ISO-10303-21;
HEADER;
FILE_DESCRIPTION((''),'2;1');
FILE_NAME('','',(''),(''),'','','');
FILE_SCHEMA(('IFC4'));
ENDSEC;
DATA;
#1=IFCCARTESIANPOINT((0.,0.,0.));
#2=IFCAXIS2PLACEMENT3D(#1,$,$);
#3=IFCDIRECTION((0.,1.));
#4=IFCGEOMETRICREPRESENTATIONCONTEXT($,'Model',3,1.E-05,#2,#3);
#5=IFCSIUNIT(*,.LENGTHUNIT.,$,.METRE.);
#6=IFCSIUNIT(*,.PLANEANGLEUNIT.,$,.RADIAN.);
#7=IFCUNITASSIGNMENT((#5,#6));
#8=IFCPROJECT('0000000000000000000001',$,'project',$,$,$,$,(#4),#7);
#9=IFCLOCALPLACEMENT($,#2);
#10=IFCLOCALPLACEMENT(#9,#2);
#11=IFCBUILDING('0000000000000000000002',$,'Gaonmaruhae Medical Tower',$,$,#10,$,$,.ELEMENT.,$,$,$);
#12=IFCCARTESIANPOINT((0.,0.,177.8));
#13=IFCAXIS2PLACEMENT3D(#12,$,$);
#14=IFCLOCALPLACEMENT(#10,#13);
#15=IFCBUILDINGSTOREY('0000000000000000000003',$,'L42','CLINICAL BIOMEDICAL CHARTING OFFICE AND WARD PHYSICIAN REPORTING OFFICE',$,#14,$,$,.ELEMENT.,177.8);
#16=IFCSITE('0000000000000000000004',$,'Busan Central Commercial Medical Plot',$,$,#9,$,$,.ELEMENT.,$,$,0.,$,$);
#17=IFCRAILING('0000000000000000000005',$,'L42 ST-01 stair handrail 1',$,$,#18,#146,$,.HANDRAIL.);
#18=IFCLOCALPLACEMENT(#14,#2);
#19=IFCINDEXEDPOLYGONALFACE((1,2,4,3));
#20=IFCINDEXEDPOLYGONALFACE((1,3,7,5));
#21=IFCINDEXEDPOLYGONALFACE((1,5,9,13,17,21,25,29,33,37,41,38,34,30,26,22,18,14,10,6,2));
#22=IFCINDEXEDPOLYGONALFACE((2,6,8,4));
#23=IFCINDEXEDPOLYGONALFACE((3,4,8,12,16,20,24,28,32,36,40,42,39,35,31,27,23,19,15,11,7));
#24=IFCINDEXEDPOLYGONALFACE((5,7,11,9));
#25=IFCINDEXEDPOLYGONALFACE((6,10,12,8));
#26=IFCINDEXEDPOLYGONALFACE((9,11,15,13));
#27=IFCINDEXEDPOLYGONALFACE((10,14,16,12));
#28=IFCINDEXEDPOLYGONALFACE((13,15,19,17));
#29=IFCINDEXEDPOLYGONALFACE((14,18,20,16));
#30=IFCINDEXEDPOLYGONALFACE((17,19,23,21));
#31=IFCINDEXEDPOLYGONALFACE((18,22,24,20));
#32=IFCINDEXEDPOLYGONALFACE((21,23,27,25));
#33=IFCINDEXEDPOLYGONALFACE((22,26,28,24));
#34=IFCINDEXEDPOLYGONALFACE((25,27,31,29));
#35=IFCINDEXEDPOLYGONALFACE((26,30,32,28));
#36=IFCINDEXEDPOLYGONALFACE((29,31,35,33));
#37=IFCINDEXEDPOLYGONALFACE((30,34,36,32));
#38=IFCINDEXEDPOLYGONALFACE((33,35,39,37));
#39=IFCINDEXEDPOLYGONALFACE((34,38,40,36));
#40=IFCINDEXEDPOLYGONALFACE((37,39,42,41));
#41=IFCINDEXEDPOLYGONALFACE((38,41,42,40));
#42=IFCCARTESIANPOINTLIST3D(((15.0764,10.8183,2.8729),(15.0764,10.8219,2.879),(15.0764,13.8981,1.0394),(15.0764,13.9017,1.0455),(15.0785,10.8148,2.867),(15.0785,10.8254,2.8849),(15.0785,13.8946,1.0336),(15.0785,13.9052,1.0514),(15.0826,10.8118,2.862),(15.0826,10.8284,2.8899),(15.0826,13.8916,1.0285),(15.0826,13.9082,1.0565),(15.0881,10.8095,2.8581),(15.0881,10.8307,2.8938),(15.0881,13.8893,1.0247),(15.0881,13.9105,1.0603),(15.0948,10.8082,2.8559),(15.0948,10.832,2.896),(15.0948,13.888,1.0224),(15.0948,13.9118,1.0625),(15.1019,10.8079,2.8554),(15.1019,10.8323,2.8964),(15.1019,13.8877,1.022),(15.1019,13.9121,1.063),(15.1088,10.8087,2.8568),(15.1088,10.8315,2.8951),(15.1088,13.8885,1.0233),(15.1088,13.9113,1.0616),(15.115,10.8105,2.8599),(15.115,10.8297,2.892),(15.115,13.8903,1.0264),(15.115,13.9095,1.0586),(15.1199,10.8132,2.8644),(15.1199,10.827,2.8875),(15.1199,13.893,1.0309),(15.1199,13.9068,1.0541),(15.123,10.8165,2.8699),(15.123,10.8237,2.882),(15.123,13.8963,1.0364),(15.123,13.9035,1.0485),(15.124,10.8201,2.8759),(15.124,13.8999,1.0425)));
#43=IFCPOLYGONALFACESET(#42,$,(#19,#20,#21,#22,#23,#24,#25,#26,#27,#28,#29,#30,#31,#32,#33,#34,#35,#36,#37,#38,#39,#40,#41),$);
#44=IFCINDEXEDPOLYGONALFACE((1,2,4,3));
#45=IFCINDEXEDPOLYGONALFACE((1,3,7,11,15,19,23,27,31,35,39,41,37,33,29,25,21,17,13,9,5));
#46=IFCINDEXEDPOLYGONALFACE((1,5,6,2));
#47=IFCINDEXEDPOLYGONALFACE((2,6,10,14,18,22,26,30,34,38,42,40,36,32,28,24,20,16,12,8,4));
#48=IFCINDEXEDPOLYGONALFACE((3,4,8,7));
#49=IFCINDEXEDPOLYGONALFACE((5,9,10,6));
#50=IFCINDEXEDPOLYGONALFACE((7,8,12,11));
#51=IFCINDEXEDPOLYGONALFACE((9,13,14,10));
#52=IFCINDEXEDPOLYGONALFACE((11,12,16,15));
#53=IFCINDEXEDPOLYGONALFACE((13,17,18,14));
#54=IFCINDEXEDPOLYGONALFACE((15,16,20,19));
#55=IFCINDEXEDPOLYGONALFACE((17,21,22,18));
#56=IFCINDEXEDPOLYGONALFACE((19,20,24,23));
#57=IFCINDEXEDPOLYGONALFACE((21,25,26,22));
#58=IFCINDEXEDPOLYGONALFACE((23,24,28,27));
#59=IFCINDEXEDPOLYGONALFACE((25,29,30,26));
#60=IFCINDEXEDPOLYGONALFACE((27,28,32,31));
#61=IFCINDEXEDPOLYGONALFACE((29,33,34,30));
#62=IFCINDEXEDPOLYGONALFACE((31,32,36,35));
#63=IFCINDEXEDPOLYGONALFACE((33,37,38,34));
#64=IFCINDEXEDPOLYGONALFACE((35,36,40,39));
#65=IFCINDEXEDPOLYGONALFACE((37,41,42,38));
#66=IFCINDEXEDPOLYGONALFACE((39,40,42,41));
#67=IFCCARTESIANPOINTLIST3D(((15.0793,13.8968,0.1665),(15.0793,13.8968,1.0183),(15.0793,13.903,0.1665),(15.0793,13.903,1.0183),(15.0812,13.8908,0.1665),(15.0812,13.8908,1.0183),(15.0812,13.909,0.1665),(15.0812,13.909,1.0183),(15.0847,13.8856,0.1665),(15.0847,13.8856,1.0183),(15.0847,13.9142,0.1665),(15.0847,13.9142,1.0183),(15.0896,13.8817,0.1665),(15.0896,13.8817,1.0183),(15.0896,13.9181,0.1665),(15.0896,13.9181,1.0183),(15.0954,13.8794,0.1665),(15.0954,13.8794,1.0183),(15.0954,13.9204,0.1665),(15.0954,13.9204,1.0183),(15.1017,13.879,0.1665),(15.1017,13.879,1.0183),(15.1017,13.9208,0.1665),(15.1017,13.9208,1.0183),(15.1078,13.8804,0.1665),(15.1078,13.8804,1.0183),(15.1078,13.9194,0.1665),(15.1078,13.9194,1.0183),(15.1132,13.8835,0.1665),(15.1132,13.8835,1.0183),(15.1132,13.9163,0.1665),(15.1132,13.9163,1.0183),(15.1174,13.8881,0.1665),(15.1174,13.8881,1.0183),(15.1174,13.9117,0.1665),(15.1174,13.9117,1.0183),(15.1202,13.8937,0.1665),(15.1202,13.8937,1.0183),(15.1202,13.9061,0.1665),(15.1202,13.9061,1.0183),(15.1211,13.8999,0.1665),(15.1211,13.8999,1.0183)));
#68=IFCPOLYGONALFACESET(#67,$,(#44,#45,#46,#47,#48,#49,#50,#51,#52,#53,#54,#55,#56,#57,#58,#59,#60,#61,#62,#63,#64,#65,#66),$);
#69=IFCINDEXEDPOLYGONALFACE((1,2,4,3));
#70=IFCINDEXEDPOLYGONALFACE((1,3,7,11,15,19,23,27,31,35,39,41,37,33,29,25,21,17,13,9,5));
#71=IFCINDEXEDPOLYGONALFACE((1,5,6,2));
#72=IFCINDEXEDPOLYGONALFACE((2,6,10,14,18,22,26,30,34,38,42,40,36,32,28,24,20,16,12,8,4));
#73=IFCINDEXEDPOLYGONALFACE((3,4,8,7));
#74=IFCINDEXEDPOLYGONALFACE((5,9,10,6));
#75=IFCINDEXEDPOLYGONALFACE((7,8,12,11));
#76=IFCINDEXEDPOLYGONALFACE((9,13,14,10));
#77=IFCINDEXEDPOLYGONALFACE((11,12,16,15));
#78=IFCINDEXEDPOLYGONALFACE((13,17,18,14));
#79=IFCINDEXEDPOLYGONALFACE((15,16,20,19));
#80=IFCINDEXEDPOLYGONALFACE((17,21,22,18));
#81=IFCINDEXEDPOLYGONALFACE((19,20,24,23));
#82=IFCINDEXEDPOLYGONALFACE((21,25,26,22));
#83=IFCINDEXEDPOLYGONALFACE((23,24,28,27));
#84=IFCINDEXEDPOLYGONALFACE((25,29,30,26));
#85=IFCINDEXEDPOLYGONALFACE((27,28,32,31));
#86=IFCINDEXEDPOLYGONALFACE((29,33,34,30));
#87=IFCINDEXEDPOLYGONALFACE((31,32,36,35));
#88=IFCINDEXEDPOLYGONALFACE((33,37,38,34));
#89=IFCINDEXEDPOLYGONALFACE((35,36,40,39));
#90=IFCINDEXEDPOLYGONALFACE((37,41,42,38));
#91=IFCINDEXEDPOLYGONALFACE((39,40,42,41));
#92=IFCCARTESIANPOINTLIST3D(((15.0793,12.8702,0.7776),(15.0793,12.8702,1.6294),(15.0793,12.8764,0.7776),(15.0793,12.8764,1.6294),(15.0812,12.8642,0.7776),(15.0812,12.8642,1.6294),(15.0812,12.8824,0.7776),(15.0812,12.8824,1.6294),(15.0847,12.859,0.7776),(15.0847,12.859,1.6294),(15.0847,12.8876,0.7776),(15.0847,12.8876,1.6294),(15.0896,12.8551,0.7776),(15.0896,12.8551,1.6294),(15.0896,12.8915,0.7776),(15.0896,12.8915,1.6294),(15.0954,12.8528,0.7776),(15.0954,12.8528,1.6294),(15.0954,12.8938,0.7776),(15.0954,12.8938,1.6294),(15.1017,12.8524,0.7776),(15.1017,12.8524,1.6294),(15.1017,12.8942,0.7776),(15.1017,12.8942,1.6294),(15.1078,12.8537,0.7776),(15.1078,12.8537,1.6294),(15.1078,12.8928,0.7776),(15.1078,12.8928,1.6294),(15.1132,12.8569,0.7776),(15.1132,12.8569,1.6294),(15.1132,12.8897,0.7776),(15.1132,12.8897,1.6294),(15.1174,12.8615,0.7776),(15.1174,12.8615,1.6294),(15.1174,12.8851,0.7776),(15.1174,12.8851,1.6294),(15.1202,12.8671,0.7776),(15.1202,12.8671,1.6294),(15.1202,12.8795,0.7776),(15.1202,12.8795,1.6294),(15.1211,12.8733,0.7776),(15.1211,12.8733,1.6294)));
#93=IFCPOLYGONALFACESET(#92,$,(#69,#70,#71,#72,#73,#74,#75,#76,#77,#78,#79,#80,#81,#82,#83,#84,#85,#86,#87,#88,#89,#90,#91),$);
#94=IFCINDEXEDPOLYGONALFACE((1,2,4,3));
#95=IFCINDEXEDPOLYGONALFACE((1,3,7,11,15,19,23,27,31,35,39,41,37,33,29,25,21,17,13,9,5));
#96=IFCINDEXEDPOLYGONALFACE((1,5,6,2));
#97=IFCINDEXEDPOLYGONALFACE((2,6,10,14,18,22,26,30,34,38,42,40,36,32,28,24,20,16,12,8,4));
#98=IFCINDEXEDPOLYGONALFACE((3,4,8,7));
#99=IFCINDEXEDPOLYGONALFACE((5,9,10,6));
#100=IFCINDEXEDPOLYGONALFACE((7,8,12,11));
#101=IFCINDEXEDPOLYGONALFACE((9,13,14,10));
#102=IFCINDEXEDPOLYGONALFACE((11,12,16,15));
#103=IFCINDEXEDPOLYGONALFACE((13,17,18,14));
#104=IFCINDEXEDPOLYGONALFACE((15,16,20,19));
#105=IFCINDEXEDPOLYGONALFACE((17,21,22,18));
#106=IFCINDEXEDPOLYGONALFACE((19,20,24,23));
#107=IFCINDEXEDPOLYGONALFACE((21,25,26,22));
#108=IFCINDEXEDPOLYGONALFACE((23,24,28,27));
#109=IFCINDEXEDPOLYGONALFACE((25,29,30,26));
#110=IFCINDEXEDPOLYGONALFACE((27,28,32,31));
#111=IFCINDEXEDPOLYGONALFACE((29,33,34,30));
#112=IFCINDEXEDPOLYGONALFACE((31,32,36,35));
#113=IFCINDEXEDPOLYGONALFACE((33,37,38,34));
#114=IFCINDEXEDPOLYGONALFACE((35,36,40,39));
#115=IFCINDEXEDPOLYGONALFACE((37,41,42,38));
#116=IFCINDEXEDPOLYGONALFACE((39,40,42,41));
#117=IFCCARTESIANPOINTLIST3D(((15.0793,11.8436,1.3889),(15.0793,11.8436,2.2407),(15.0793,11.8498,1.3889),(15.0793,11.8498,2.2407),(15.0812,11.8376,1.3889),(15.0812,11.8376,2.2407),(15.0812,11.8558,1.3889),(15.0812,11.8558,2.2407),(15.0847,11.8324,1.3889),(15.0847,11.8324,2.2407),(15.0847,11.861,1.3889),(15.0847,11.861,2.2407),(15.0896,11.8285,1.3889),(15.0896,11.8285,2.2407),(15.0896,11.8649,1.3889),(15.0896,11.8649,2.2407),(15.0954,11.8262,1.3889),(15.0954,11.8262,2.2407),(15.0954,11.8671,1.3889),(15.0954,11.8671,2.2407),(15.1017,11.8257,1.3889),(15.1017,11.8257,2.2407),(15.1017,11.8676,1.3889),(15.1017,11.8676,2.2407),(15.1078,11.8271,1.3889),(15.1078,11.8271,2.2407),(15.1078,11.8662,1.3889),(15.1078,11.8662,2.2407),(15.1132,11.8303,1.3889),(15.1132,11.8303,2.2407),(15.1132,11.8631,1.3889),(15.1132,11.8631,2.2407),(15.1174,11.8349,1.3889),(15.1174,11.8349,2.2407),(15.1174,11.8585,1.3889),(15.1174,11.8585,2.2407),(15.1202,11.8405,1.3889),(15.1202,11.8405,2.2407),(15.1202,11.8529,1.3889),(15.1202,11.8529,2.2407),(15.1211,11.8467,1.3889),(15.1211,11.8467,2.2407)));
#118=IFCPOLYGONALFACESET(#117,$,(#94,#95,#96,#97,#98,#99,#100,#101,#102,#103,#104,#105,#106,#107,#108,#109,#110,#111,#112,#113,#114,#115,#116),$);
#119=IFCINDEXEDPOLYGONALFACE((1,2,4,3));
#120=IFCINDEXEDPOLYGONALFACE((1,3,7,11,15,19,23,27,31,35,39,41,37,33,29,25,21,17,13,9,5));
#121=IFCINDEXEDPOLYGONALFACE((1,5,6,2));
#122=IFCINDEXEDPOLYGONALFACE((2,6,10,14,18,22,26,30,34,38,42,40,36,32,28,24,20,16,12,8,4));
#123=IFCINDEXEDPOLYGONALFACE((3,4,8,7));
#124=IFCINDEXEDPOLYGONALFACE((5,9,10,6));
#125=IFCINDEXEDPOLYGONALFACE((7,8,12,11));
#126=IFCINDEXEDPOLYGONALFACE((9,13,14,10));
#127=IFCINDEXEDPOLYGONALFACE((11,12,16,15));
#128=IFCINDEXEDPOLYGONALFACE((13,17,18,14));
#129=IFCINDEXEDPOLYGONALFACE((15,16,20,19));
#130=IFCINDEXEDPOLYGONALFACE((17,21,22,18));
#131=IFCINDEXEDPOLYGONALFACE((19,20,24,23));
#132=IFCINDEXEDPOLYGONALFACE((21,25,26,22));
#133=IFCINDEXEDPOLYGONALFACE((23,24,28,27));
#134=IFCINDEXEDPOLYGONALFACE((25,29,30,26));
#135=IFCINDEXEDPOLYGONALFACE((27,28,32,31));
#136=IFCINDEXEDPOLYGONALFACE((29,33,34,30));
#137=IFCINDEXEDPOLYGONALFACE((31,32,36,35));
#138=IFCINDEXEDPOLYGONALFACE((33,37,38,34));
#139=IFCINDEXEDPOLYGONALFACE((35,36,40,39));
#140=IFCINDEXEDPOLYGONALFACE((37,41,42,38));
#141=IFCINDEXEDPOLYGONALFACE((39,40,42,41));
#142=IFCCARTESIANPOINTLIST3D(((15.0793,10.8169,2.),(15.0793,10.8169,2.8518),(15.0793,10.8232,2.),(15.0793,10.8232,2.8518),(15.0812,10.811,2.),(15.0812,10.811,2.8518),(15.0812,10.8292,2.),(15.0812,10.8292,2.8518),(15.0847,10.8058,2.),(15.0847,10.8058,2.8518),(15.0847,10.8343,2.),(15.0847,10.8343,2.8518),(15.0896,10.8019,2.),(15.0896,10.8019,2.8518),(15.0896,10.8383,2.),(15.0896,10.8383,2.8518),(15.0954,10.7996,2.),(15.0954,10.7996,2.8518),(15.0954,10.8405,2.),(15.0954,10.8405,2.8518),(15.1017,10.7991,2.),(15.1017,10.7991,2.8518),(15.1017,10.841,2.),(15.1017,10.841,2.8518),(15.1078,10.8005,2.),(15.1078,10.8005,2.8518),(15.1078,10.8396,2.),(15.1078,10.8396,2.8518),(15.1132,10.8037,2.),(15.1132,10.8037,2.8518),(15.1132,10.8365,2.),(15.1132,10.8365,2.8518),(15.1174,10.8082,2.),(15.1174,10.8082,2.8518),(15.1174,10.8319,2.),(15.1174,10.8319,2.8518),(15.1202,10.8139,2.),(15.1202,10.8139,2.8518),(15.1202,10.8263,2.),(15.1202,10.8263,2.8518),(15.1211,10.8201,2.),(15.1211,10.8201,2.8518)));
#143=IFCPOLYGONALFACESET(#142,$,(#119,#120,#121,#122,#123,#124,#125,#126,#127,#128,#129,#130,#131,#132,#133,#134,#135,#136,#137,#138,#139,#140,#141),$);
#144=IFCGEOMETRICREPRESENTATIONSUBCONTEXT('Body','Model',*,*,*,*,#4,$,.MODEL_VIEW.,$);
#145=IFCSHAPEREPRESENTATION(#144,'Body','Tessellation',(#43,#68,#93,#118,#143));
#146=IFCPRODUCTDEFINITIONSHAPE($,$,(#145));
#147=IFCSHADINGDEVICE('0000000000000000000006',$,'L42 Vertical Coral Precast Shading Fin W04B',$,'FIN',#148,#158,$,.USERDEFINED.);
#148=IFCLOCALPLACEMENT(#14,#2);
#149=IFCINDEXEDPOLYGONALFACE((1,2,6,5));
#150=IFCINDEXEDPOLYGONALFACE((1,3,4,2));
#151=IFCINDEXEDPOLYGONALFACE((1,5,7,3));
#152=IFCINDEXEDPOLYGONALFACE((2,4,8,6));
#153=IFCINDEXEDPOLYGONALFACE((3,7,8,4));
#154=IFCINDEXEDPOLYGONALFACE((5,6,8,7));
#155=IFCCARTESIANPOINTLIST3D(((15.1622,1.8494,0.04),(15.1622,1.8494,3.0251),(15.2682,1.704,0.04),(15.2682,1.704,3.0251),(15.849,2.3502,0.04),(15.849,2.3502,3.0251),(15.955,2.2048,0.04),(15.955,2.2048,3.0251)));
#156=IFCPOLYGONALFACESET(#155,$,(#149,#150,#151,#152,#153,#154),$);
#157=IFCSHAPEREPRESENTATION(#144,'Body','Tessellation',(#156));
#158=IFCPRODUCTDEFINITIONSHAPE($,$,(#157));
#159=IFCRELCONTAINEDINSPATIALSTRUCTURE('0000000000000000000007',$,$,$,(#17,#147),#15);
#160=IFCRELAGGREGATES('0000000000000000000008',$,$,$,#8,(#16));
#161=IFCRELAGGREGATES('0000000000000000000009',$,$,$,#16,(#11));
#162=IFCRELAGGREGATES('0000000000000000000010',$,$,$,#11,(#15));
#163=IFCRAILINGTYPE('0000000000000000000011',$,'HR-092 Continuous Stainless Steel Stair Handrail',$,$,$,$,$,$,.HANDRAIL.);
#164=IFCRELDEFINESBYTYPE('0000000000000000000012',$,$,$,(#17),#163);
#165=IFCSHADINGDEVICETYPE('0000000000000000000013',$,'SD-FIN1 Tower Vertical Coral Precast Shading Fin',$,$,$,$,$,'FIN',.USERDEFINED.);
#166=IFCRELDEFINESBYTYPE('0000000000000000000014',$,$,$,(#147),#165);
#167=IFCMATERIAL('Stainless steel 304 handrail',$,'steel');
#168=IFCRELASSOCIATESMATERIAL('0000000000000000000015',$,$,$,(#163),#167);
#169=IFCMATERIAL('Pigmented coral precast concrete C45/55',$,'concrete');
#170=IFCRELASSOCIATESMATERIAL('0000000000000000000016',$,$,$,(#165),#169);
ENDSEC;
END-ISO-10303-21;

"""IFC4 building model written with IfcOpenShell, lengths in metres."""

from ifc_helpers import new_model, si_unit, direction, frame, origin, origin_2d, place, context, subcontext, project, spatial, rectangle, circle, extrude, material, type_object, element, save


model = new_model("IFC4")

# Units and contexts
model_context = context("Model", 3, precision=1e-05, world=origin(), true_north=direction((0.0, 1.0)))
body_context = subcontext(model_context, "Body", "Model", "MODEL_VIEW")
ifc_project = project(units=[si_unit("LENGTHUNIT", "METRE"), si_unit("PLANEANGLEUNIT", "RADIAN")], contexts=[model_context])

# Site, building, storey
site_placement = place(None, origin())
site = spatial("IfcSite", under=ifc_project, at=site_placement, Name="Busan Central Commercial Medical Plot", CompositionType="ELEMENT", RefElevation=0.0)
building_placement = place(site_placement, origin())
building = spatial("IfcBuilding", under=site, at=building_placement, Name="Gaonmaruhae Medical Tower", CompositionType="ELEMENT")
storey_placement = place(building_placement, frame((0.0, 0.0, 177.8)))
storey = spatial("IfcBuildingStorey", under=building, at=storey_placement, Name="L42", Description="CLINICAL BIOMEDICAL CHARTING OFFICE AND WARD PHYSICIAN REPORTING OFFICE", CompositionType="ELEMENT", Elevation=177.8)

# Railing
ifc_material_1 = material(Name="Stainless steel 304 handrail", Category="steel")
railing_type_1 = type_object("IfcRailingType", Name="HR-092 Continuous Stainless Steel Stair Handrail", PredefinedType="HANDRAIL", material=ifc_material_1)
railing_1_placement = place(storey_placement, frame((15.1001, 13.8999, 0.1665)))
element("IfcRailing", 1, at=railing_1_placement, inside=storey, type_object=railing_type_1, Name="L42 ST-01 stair handrail 1", PredefinedType="HANDRAIL", context=body_context, shape_type="SweptSolid", body=[
    extrude(circle(Radius=0.0239, at=origin_2d()), frame((0.0, 0.0, 0.876), z_axis=(0.0, -0.859261, 0.511538), x_axis=(1.0, 0.0, 0.0)), (0.0, 0.0, 1.0), 3.5842),
    extrude(circle(Radius=0.021, at=origin_2d()), origin(), (0.0, 0.0, 1.0), 0.8518),
    extrude(circle(Radius=0.021, at=origin_2d()), frame((0.0, -1.0266, 0.6111)), (0.0, 0.0, 1.0), 0.8518),
    extrude(circle(Radius=0.021, at=origin_2d()), frame((0.0, -2.0532, 1.2224)), (0.0, 0.0, 1.0), 0.8518),
    extrude(circle(Radius=0.021, at=origin_2d()), frame((0.0, -3.0798, 1.8335)), (0.0, 0.0, 1.0), 0.8518),
])

# Shading device
ifc_material_2 = material(Name="Pigmented coral precast concrete C45/55", Category="concrete")
shading_device_type = type_object("IfcShadingDeviceType", Name="SD-FIN1 Tower Vertical Coral Precast Shading Fin", ElementType="FIN", PredefinedType="USERDEFINED", material=ifc_material_2)
shading_device_placement = place(storey_placement, frame((15.5586, 2.0271, 0.04), z_axis=(0.0, 0.0, 1.0), x_axis=(-0.589196, 0.80799, 0.0)))
element("IfcShadingDevice", 2, at=shading_device_placement, inside=storey, type_object=shading_device_type, Name="L42 Vertical Coral Precast Shading Fin W04B", ObjectType="FIN", PredefinedType="USERDEFINED", context=body_context, shape_type="SweptSolid", body=[
    extrude(rectangle(XDim=0.1799, YDim=0.8501, at=origin_2d()), origin(), (0.0, 0.0, 1.0), 2.9851),
])

save(model, "model.ifc")
